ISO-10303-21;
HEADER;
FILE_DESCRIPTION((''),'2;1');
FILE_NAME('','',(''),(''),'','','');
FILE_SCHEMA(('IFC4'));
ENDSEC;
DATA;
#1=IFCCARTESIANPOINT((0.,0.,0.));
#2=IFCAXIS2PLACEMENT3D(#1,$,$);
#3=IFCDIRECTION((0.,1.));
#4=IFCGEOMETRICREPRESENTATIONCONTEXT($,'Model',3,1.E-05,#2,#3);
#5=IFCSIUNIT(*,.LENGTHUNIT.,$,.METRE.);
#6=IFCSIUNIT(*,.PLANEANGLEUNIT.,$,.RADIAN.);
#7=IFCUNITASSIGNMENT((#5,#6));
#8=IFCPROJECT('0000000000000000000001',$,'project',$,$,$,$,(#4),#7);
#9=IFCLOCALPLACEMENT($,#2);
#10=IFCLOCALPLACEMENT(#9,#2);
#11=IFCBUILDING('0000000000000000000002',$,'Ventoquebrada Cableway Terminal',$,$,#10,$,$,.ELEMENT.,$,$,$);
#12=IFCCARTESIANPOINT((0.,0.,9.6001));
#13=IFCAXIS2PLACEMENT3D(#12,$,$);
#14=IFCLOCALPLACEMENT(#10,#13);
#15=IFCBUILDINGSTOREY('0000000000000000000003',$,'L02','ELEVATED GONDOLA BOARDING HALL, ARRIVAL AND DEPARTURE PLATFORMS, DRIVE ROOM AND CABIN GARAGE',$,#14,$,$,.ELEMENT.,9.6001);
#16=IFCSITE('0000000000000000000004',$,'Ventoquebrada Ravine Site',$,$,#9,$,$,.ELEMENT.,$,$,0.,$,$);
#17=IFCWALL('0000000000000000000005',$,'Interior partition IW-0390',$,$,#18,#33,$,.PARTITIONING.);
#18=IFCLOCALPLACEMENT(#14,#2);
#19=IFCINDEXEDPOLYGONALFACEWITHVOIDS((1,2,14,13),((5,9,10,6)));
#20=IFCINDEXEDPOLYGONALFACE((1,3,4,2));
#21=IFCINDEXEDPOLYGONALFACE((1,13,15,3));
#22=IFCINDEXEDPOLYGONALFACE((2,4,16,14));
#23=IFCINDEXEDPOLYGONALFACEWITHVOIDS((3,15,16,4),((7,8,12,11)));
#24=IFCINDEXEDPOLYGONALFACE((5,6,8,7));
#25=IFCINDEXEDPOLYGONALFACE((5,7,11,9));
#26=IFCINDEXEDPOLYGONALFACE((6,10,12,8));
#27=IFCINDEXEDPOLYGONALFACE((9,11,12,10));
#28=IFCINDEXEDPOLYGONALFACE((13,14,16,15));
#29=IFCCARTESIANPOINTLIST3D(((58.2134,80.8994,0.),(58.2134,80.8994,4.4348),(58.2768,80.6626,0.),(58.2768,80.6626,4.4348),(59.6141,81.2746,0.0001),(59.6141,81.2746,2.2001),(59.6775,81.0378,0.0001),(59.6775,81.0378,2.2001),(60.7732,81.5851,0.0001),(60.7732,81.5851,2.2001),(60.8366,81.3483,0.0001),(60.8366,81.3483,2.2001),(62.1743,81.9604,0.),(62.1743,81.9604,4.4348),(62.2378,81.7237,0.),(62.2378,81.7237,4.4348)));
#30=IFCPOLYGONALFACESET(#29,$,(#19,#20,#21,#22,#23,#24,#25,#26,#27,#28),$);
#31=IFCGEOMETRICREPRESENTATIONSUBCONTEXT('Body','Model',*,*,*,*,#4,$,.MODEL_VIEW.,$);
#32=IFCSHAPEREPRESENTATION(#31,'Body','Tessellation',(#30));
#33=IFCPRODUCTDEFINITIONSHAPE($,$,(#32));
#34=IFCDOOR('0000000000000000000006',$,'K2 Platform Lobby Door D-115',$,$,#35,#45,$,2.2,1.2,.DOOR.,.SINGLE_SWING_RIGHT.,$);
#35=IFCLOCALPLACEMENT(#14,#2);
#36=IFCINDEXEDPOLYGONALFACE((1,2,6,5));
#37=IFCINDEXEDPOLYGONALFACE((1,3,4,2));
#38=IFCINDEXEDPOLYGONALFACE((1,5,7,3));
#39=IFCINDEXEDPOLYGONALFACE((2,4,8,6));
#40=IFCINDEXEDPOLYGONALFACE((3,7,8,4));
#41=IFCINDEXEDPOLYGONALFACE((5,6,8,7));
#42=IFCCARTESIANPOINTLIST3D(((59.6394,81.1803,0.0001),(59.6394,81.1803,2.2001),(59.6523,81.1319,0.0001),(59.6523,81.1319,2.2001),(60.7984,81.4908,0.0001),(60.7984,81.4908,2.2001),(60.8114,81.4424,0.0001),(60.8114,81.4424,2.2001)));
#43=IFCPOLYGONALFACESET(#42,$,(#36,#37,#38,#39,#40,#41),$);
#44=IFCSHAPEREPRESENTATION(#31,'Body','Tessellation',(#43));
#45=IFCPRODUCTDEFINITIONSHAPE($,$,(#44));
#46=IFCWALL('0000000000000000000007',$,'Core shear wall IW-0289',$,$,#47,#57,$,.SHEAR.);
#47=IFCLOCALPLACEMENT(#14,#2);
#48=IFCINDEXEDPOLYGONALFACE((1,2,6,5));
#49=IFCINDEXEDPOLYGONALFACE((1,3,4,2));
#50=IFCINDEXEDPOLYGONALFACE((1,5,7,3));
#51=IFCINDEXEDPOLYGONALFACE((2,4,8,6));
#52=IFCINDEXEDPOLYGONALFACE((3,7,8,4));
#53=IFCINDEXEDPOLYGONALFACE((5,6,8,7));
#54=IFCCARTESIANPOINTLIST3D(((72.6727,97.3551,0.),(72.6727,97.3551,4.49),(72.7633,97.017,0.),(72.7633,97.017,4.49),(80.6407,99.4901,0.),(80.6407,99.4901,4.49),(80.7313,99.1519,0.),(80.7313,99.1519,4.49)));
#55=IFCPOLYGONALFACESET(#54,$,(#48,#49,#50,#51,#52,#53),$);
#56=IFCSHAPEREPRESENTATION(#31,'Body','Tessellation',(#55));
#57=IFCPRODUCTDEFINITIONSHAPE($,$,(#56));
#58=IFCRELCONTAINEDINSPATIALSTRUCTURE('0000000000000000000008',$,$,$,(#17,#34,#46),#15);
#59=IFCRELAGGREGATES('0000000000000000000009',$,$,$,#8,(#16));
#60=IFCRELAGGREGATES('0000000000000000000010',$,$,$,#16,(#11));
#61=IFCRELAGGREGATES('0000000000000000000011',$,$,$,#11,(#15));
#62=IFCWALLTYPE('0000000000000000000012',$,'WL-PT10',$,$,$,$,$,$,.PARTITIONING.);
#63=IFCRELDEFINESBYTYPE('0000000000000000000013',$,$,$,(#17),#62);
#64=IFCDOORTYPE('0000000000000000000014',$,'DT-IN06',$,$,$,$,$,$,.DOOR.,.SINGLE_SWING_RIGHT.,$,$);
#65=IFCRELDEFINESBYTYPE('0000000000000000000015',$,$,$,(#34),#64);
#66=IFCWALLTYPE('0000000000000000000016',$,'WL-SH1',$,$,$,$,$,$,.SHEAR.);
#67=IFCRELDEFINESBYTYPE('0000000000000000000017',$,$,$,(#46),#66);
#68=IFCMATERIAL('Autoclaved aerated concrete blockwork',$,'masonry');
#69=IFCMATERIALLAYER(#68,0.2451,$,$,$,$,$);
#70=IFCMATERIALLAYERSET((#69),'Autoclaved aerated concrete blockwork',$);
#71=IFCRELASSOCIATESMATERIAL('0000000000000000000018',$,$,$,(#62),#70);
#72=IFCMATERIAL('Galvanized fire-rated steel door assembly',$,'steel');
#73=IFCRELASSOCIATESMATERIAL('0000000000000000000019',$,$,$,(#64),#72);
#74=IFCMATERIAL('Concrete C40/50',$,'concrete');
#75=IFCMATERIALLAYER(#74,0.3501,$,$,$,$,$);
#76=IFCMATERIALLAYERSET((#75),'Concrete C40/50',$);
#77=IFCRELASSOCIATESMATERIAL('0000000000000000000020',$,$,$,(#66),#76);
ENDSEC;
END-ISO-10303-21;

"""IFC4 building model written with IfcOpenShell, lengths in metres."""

from ifc_helpers import new_model, si_unit, direction, frame, frame_2d, origin, place, context, subcontext, project, spatial, rectangle, extrude, material, layer, layer_set, type_object, element, fill, save


model = new_model("IFC4")

# Units and contexts
model_context = context("Model", 3, precision=1e-05, world=origin(), true_north=direction((0.0, 1.0)))
body_context = subcontext(model_context, "Body", "Model", "MODEL_VIEW")
ifc_project = project(units=[si_unit("LENGTHUNIT", "METRE"), si_unit("PLANEANGLEUNIT", "RADIAN")], contexts=[model_context])

# Site, building, storey
site_placement = place(None, origin())
site = spatial("IfcSite", under=ifc_project, at=site_placement, Name="Ventoquebrada Ravine Site", CompositionType="ELEMENT", RefElevation=0.0)
building_placement = place(site_placement, origin())
building = spatial("IfcBuilding", under=site, at=building_placement, Name="Ventoquebrada Cableway Terminal", CompositionType="ELEMENT")
storey_placement = place(building_placement, frame((0.0, 0.0, 9.6001)))
storey = spatial("IfcBuildingStorey", under=building, at=storey_placement, Name="L02", Description="ELEVATED GONDOLA BOARDING HALL, ARRIVAL AND DEPARTURE PLATFORMS, DRIVE ROOM AND CABIN GARAGE", CompositionType="ELEMENT", Elevation=9.6001)

# Shared definitions
ifc_material_1 = material(Name="Concrete C40/50", Category="concrete")

# Wall, opening, door
ifc_material_2 = material(Name="Autoclaved aerated concrete blockwork", Category="masonry")
ifc_layer_1 = layer(ifc_material_2, 0.2451)
ifc_layer_set_1 = layer_set([ifc_layer_1], Name="Autoclaved aerated concrete blockwork")
wall_type_1 = type_object("IfcWallType", Name="WL-PT10", PredefinedType="PARTITIONING", material=ifc_layer_set_1)
wall_1_placement = place(storey_placement, frame((58.2451, 80.781, 0.0), z_axis=(0.0, 0.0, 1.0), x_axis=(0.965944, 0.258752, 0.0)))
wall_1 = element("IfcWall", 1, at=wall_1_placement, inside=storey, type_object=wall_type_1, Name="Interior partition IW-0390", PredefinedType="PARTITIONING", context=body_context, shape_type="SweptSolid", body=[
    extrude(rectangle(XDim=4.1006, YDim=0.2451, at=frame_2d((2.0503, 0.0))), origin(), (0.0, 0.0, 1.0), 4.4348),
])
opening_1_placement = place(wall_1_placement, frame((1.45, 0.0, 0.0)))
opening_1 = element("IfcOpeningElement", 2, at=opening_1_placement, cuts=wall_1, PredefinedType="OPENING", context=body_context, shape_type="SweptSolid", body=[
    extrude(rectangle(XDim=1.2, YDim=2.2, at=frame_2d((0.6001, 1.1001))), frame((0.0, 0.1326, 0.0), z_axis=(0.0, -1.0, 0.0), x_axis=(1.0, 0.0, 0.0)), (0.0, 0.0, 1.0), 0.2651),
])
ifc_material_3 = material(Name="Galvanized fire-rated steel door assembly", Category="steel")
door_type_1 = type_object("IfcDoorType", Name="DT-IN06", OperationType="SINGLE_SWING_RIGHT", PredefinedType="DOOR", material=ifc_material_3)
door_1_placement = place(opening_1_placement, origin())
door_1 = element("IfcDoor", 3, at=door_1_placement, inside=storey, type_object=door_type_1, Name="K2 Platform Lobby Door D-115", OperationType="SINGLE_SWING_RIGHT", OverallHeight=2.2, OverallWidth=1.2, PredefinedType="DOOR", context=body_context, shape_type="SweptSolid", body=[
    extrude(rectangle(XDim=1.2, YDim=2.2, at=frame_2d((0.6001, 1.1001))), frame((0.0, 0.0249, 0.0), z_axis=(0.0, -1.0, 0.0), x_axis=(1.0, 0.0, 0.0)), (0.0, 0.0, 1.0), 0.05),
])
fill(opening_1, door_1)

# Wall
ifc_layer_2 = layer(ifc_material_1, 0.3501)
ifc_layer_set_2 = layer_set([ifc_layer_2], Name="Concrete C40/50")
wall_type_2 = type_object("IfcWallType", Name="WL-SH1", PredefinedType="SHEAR", material=ifc_layer_set_2)
wall_2_placement = place(storey_placement, frame((72.718, 97.186, 0.0), z_axis=(0.0, 0.0, 1.0), x_axis=(0.965926, 0.258817, 0.0)))
element("IfcWall", 4, at=wall_2_placement, inside=storey, type_object=wall_type_2, Name="Core shear wall IW-0289", PredefinedType="SHEAR", context=body_context, shape_type="SweptSolid", body=[
    extrude(rectangle(XDim=8.249, YDim=0.3501, at=frame_2d((4.1245, 0.0))), origin(), (0.0, 0.0, 1.0), 4.49),
])

save(model, "model.ifc")
